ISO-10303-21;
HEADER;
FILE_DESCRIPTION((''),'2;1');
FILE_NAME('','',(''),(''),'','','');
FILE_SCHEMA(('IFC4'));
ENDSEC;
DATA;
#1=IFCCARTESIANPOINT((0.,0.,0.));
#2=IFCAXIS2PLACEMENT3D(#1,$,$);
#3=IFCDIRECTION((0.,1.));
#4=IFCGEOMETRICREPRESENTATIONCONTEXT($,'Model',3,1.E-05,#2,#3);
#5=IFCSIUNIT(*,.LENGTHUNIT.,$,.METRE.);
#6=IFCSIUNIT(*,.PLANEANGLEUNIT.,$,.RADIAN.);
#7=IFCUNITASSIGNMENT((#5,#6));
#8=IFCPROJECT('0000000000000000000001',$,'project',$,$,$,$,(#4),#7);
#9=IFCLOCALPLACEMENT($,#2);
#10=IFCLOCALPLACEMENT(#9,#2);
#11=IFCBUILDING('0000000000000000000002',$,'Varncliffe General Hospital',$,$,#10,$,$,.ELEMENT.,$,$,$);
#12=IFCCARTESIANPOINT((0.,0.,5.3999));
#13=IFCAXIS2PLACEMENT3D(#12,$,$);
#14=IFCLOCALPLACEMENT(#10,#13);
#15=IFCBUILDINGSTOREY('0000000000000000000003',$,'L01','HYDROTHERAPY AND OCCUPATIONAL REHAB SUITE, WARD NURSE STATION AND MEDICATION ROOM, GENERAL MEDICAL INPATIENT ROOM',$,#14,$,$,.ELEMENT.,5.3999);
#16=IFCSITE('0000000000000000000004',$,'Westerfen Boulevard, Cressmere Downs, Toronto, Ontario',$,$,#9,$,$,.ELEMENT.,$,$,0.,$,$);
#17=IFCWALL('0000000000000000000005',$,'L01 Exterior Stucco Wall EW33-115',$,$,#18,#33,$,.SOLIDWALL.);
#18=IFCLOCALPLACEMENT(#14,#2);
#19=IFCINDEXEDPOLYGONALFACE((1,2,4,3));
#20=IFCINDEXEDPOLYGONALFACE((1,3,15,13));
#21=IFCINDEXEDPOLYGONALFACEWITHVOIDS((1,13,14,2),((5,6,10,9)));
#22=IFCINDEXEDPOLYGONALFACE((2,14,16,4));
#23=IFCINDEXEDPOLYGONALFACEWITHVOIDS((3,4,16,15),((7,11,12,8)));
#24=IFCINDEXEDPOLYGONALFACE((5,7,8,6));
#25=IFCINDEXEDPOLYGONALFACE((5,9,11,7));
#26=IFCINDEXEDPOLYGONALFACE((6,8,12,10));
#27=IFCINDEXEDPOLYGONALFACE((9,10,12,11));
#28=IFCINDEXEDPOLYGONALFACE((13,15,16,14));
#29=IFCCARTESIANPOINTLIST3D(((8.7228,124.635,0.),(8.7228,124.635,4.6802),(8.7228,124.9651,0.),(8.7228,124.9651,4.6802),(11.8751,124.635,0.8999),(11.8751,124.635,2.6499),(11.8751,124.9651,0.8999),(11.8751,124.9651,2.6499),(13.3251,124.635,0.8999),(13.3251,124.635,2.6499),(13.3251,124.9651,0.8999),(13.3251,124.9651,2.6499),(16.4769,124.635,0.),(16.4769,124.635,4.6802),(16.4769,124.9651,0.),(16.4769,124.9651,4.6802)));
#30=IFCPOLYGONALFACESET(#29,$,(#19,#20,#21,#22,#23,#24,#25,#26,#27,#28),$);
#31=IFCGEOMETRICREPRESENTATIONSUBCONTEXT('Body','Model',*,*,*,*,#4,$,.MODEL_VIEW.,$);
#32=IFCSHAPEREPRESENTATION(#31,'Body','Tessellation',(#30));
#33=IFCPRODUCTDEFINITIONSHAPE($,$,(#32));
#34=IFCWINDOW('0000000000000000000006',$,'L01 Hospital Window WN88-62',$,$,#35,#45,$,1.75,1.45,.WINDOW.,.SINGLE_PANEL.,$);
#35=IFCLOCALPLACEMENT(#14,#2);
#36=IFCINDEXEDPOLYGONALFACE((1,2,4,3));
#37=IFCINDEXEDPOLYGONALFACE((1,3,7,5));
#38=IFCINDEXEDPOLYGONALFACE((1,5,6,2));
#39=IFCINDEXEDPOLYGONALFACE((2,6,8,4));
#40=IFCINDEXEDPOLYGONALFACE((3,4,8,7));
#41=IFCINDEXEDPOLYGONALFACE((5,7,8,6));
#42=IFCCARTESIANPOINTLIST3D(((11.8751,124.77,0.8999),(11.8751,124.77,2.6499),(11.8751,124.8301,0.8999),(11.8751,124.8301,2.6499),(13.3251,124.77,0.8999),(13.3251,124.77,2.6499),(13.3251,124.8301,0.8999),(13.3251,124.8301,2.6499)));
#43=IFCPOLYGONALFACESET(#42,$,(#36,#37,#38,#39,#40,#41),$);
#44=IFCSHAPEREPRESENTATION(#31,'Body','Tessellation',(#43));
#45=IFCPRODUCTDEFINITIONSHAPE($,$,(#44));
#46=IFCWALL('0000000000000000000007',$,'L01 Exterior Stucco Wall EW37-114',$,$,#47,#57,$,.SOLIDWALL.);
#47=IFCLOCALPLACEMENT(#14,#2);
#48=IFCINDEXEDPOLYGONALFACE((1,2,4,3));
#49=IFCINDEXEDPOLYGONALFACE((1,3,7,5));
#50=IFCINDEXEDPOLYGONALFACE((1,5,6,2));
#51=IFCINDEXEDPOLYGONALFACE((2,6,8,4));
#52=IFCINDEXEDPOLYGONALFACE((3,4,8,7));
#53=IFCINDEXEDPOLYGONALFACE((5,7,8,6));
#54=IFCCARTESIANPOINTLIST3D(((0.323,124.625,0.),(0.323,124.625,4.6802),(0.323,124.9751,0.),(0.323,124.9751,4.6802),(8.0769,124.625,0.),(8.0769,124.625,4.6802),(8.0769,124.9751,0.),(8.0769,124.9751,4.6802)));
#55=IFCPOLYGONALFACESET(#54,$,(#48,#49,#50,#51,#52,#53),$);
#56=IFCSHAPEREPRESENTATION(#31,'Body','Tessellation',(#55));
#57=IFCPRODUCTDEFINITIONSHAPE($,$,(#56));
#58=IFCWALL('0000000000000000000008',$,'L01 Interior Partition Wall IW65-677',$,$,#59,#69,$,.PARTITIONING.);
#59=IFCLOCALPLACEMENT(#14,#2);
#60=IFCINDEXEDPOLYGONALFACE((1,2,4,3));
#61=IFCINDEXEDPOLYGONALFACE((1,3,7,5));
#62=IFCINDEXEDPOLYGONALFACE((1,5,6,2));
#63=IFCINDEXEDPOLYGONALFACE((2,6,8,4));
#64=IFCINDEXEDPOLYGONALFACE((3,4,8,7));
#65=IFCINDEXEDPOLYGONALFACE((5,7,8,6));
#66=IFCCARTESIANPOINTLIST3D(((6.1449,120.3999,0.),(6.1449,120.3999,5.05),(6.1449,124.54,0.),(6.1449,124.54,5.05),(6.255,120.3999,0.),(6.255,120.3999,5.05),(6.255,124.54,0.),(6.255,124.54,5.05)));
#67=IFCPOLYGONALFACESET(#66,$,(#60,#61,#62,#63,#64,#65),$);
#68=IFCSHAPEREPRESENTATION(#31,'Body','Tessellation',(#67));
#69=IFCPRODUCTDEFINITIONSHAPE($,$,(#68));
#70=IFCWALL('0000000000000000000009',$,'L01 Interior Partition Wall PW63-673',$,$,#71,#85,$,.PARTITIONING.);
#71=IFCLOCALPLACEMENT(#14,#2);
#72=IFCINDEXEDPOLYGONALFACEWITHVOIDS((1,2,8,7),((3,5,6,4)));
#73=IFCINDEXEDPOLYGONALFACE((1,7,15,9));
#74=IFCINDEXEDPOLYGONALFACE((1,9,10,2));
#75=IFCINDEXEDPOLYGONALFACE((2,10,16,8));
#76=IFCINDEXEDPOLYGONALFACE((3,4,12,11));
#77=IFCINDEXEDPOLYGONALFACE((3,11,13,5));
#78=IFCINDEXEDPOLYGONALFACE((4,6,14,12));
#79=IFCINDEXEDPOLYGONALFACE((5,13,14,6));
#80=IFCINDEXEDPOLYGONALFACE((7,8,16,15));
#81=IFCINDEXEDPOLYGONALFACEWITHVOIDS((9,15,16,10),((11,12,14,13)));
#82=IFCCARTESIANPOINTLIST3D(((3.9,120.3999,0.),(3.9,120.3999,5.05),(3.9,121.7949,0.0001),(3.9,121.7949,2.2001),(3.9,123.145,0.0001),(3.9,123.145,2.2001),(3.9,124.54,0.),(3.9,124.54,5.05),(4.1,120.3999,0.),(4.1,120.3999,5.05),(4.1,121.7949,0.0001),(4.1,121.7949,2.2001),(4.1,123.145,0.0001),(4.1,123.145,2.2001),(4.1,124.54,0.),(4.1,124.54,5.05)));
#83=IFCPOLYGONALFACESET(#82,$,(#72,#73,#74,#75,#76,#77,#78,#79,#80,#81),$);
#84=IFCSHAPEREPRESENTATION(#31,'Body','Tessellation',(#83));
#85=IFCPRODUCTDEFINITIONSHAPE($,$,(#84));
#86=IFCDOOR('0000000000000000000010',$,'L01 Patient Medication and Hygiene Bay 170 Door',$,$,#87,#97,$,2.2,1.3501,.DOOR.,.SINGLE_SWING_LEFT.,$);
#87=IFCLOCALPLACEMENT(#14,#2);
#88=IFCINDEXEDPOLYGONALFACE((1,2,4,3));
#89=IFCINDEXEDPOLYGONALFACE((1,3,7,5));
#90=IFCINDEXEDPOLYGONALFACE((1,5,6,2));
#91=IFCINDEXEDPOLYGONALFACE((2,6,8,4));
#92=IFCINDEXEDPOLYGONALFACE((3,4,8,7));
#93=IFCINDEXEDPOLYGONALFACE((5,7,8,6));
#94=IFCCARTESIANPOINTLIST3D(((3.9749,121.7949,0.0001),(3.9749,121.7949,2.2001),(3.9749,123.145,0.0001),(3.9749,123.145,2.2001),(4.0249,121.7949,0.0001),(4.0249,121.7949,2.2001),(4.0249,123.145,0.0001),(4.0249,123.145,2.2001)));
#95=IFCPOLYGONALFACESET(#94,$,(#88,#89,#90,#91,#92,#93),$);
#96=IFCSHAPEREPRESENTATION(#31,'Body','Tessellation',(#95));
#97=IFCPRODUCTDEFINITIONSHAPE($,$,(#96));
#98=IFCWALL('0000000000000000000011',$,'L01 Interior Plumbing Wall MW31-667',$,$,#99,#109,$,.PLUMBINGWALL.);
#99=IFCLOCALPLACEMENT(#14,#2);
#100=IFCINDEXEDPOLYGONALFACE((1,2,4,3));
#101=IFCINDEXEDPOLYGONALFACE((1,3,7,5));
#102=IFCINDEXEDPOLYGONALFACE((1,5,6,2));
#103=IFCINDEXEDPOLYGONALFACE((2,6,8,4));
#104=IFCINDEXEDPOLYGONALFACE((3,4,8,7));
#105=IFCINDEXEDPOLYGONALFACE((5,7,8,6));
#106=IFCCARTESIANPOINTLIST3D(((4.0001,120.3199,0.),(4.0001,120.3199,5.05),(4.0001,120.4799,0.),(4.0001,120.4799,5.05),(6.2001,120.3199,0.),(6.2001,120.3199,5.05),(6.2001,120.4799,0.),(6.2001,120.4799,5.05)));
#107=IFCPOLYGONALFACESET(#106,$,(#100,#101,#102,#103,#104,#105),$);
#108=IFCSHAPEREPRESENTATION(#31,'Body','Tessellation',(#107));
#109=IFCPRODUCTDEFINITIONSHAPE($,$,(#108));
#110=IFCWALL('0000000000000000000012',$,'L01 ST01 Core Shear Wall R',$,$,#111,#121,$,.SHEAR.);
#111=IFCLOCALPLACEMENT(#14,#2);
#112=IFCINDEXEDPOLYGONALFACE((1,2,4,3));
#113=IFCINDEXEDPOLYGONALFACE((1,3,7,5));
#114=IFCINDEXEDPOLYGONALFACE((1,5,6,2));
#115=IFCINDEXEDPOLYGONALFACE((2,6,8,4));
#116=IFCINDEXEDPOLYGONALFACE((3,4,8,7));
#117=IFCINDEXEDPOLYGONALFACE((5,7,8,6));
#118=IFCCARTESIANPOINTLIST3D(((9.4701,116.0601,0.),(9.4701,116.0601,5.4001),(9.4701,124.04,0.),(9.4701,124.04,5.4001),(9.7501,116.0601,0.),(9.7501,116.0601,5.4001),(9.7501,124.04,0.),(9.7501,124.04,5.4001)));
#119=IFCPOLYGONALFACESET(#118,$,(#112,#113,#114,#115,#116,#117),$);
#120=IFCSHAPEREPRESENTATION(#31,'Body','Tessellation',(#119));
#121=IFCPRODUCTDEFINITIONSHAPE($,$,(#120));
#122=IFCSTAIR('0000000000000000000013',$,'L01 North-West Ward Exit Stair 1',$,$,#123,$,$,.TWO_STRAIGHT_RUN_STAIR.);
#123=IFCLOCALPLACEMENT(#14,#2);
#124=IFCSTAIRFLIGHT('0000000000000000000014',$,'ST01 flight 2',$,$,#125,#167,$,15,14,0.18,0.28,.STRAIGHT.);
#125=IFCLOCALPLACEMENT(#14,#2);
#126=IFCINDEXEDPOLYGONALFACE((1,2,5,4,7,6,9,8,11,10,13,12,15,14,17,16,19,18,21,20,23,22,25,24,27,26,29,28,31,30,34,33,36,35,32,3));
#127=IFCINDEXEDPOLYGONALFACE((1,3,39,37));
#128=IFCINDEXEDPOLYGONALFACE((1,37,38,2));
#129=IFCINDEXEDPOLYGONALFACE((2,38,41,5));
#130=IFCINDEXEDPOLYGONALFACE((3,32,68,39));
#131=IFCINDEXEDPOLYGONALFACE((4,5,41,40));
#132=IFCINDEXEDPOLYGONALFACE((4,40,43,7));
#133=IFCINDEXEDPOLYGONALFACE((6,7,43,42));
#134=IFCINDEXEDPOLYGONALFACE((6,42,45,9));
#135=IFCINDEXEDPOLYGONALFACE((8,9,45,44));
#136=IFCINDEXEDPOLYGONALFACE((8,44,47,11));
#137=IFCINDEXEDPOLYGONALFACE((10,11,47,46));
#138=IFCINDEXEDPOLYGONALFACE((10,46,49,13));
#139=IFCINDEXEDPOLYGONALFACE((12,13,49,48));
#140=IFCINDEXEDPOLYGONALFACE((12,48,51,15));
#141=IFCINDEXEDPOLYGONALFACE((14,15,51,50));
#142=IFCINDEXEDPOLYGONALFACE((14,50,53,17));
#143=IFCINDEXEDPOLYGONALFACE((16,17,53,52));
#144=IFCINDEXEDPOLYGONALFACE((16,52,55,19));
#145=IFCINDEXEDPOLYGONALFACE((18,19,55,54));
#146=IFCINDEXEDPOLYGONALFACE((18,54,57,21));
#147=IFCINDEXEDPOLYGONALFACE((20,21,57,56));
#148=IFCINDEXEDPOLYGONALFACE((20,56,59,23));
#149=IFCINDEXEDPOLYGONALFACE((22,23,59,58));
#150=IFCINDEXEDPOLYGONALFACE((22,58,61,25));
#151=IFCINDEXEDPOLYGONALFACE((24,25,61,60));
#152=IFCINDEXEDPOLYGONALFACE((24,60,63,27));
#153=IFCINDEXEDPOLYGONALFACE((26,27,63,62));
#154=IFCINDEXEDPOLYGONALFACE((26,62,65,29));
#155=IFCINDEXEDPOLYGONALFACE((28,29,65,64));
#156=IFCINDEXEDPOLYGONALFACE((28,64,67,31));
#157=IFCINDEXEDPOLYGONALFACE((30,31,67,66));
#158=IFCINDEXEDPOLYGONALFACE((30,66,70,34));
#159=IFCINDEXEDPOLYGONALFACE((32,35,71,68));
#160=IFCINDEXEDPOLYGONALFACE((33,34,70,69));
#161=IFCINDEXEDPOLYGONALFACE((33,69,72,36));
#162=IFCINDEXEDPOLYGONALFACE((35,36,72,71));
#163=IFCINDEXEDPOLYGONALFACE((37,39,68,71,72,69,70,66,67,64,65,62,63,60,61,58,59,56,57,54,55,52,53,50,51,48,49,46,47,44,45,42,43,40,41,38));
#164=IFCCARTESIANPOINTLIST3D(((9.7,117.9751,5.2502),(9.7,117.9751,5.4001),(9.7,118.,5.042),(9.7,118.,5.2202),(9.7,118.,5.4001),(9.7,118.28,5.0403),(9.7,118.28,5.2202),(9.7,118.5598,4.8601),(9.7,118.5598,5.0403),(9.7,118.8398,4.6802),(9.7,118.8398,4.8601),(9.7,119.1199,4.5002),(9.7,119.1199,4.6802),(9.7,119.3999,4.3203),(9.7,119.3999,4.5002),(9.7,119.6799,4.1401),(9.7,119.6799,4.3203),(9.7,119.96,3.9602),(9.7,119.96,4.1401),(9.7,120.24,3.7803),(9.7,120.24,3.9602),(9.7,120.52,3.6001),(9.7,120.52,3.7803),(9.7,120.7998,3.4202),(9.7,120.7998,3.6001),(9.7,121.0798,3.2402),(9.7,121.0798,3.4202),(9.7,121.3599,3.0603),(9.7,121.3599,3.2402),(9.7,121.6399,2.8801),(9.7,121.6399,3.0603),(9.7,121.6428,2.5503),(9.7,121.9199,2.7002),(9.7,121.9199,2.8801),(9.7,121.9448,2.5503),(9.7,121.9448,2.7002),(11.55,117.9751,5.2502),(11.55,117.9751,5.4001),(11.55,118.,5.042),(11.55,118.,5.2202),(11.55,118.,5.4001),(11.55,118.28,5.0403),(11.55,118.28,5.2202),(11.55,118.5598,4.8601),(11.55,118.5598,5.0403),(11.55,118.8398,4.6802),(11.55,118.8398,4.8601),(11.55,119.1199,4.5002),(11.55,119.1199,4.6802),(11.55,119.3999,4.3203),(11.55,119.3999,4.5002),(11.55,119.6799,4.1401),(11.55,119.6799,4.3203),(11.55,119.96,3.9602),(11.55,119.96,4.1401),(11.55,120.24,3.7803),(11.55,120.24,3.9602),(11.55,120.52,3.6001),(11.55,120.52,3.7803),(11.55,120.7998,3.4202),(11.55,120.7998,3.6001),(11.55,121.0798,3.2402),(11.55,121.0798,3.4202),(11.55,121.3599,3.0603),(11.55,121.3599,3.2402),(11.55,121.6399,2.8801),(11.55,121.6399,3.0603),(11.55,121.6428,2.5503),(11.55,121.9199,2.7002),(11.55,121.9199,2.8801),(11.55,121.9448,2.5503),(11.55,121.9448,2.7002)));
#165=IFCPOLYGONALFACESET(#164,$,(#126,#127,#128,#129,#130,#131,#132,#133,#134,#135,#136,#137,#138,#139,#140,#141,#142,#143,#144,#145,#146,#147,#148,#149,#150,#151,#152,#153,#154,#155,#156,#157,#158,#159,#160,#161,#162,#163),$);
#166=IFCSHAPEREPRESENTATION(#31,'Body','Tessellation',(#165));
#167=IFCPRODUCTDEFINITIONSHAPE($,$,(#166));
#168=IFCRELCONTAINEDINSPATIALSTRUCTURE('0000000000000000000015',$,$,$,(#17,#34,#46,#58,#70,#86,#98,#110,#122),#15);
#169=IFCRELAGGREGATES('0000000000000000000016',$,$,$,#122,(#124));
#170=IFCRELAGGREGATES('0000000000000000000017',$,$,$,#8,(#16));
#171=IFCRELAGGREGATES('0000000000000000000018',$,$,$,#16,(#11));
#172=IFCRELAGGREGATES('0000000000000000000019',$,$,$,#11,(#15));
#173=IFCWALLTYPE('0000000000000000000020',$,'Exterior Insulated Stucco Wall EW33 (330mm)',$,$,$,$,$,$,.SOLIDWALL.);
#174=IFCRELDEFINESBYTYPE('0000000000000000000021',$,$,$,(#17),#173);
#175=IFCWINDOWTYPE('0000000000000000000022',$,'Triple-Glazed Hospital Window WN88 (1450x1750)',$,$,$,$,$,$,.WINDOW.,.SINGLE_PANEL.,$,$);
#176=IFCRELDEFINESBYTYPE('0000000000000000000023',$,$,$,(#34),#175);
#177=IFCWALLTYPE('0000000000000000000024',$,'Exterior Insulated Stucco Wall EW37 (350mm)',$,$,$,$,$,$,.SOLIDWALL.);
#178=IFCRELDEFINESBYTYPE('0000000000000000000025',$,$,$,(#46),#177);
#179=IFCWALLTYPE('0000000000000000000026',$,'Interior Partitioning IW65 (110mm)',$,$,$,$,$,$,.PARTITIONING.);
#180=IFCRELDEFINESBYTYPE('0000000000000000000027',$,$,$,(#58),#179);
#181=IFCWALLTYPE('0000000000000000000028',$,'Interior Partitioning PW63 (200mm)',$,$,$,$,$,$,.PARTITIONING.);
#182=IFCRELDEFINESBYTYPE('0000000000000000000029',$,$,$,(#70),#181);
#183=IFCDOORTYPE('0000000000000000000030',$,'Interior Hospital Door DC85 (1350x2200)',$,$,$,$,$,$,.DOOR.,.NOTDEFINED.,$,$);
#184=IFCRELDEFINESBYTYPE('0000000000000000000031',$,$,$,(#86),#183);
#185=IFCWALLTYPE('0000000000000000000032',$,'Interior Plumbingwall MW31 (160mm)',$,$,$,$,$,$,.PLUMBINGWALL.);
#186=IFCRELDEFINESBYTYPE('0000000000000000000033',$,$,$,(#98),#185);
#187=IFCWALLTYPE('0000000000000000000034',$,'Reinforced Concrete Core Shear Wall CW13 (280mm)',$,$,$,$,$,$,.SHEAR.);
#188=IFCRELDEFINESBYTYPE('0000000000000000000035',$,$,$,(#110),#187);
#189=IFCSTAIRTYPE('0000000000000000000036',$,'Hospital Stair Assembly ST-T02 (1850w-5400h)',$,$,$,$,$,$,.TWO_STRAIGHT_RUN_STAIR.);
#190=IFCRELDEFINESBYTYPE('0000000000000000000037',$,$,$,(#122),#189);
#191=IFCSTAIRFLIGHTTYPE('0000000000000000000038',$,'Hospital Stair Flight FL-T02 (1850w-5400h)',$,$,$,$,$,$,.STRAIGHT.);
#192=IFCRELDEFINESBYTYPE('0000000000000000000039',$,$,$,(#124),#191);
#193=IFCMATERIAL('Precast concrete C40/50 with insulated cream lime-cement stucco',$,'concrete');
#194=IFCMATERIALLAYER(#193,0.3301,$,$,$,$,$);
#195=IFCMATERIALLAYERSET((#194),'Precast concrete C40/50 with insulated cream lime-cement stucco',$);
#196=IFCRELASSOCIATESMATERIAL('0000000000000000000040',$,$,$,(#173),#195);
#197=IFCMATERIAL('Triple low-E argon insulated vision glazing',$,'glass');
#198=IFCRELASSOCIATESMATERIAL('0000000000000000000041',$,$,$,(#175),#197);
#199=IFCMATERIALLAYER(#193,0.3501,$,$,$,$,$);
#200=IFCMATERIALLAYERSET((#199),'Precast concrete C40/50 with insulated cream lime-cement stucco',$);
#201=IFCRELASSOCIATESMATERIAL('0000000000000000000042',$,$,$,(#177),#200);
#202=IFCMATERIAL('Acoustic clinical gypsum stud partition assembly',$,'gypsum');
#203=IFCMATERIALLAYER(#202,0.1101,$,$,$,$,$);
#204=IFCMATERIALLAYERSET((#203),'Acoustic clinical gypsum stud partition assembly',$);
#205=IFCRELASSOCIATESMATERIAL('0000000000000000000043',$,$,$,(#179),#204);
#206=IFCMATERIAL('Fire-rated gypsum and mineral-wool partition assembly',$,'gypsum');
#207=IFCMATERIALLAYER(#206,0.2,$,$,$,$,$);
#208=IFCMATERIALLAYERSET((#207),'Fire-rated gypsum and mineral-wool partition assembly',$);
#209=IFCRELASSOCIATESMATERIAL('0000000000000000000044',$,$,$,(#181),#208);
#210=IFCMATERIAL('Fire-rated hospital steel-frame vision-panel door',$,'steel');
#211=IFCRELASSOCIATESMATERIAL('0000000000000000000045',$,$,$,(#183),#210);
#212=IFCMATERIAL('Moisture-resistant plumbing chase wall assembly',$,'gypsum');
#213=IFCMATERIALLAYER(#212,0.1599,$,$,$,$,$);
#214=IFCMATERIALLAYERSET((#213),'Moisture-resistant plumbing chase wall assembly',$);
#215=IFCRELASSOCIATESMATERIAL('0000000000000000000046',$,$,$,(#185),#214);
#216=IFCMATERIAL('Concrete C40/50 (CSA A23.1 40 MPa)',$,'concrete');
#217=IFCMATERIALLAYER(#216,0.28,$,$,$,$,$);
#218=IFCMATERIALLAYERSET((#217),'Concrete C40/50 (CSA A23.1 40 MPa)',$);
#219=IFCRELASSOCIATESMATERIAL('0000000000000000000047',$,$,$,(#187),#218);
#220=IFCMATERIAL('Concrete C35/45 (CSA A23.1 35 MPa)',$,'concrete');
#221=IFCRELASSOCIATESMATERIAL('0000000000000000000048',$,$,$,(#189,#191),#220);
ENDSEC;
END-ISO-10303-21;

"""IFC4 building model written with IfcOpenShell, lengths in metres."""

from ifc_helpers import new_model, si_unit, direction, frame, frame_2d, origin, place, context, subcontext, project, spatial, polyline, rectangle, outline, extrude, material, layer, layer_set, type_object, element, fill, aggregate, save


model = new_model("IFC4")

# Units and contexts
model_context = context("Model", 3, precision=1e-05, world=origin(), true_north=direction((0.0, 1.0)))
body_context = subcontext(model_context, "Body", "Model", "MODEL_VIEW")
ifc_project = project(units=[si_unit("LENGTHUNIT", "METRE"), si_unit("PLANEANGLEUNIT", "RADIAN")], contexts=[model_context])

# Site, building, storey
site_placement = place(None, origin())
site = spatial("IfcSite", under=ifc_project, at=site_placement, Name="Westerfen Boulevard, Cressmere Downs, Toronto, Ontario", CompositionType="ELEMENT", RefElevation=0.0)
building_placement = place(site_placement, origin())
building = spatial("IfcBuilding", under=site, at=building_placement, Name="Varncliffe General Hospital", CompositionType="ELEMENT")
storey_placement = place(building_placement, frame((0.0, 0.0, 5.3999)))
storey = spatial("IfcBuildingStorey", under=building, at=storey_placement, Name="L01", Description="HYDROTHERAPY AND OCCUPATIONAL REHAB SUITE, WARD NURSE STATION AND MEDICATION ROOM, GENERAL MEDICAL INPATIENT ROOM", CompositionType="ELEMENT", Elevation=5.3999)

# Shared definitions
ifc_material_1 = material(Name="Concrete C40/50 (CSA A23.1 40 MPa)", Category="concrete")

# Shared definitions
ifc_material_2 = material(Name="Concrete C35/45 (CSA A23.1 35 MPa)", Category="concrete")

# Wall, opening, window
ifc_material_3 = material(Name="Precast concrete C40/50 with insulated cream lime-cement stucco", Category="concrete")
ifc_material_4 = material(Name="Triple low-E argon insulated vision glazing", Category="glass")
ifc_layer_1 = layer(ifc_material_3, 0.3301)
ifc_layer_set_1 = layer_set([ifc_layer_1], Name="Precast concrete C40/50 with insulated cream lime-cement stucco")
wall_type_1 = type_object("IfcWallType", Name="Exterior Insulated Stucco Wall EW33 (330mm)", PredefinedType="SOLIDWALL", material=ifc_layer_set_1)
wall_1_placement = place(storey_placement, frame((8.7229, 124.8, 0.0), z_axis=(0.0, 0.0, 1.0), x_axis=(1.0, 0.0, 0.0)))
wall_1 = element("IfcWall", 1, at=wall_1_placement, inside=storey, type_object=wall_type_1, Name="L01 Exterior Stucco Wall EW33-115", PredefinedType="SOLIDWALL", context=body_context, shape_type="SweptSolid", body=[
    extrude(rectangle(XDim=7.7542, YDim=0.3301, at=frame_2d((3.877, 0.0))), origin(), (0.0, 0.0, 1.0), 4.6802),
])
opening_1_placement = place(wall_1_placement, frame((3.1521, 0.0, 0.8999)))
opening_1 = element("IfcOpeningElement", 2, at=opening_1_placement, cuts=wall_1, PredefinedType="OPENING", context=body_context, shape_type="SweptSolid", body=[
    extrude(rectangle(XDim=1.45, YDim=1.75, at=frame_2d((0.7251, 0.875))), frame((0.0, 0.175, 0.0), z_axis=(0.0, -1.0, 0.0), x_axis=(1.0, 0.0, 0.0)), (0.0, 0.0, 1.0), 0.3501),
])
window_type_1 = type_object("IfcWindowType", Name="Triple-Glazed Hospital Window WN88 (1450x1750)", PartitioningType="SINGLE_PANEL", PredefinedType="WINDOW", material=ifc_material_4)
window_1_placement = place(opening_1_placement, origin())
window_1 = element("IfcWindow", 3, at=window_1_placement, inside=storey, type_object=window_type_1, Name="L01 Hospital Window WN88-62", OverallHeight=1.75, OverallWidth=1.45, PartitioningType="SINGLE_PANEL", PredefinedType="WINDOW", context=body_context, shape_type="SweptSolid", body=[
    extrude(rectangle(XDim=1.45, YDim=1.75, at=frame_2d((0.7251, 0.875))), frame((0.0, 0.03, 0.0), z_axis=(0.0, -1.0, 0.0), x_axis=(1.0, 0.0, 0.0)), (0.0, 0.0, 1.0), 0.0601),
])
fill(opening_1, window_1)

# Walls
ifc_layer_2 = layer(ifc_material_3, 0.3501)
ifc_layer_set_2 = layer_set([ifc_layer_2], Name="Precast concrete C40/50 with insulated cream lime-cement stucco")
wall_type_2 = type_object("IfcWallType", Name="Exterior Insulated Stucco Wall EW37 (350mm)", PredefinedType="SOLIDWALL", material=ifc_layer_set_2)
wall_2_placement = place(storey_placement, frame((0.323, 124.8, 0.0), z_axis=(0.0, 0.0, 1.0), x_axis=(1.0, 0.0, 0.0)))
element("IfcWall", 4, at=wall_2_placement, inside=storey, type_object=wall_type_2, Name="L01 Exterior Stucco Wall EW37-114", PredefinedType="SOLIDWALL", context=body_context, shape_type="SweptSolid", body=[
    extrude(rectangle(XDim=7.7539, YDim=0.3501, at=frame_2d((3.877, 0.0))), origin(), (0.0, 0.0, 1.0), 4.6802),
])
ifc_material_5 = material(Name="Acoustic clinical gypsum stud partition assembly", Category="gypsum")
ifc_layer_3 = layer(ifc_material_5, 0.1101)
ifc_layer_set_3 = layer_set([ifc_layer_3], Name="Acoustic clinical gypsum stud partition assembly")
wall_type_3 = type_object("IfcWallType", Name="Interior Partitioning IW65 (110mm)", PredefinedType="PARTITIONING", material=ifc_layer_set_3)
wall_3_placement = place(storey_placement, frame((6.2, 120.3999, 0.0), z_axis=(0.0, 0.0, 1.0), x_axis=(0.0, 1.0, 0.0)))
element("IfcWall", 5, at=wall_3_placement, inside=storey, type_object=wall_type_3, Name="L01 Interior Partition Wall IW65-677", PredefinedType="PARTITIONING", context=body_context, shape_type="SweptSolid", body=[
    extrude(rectangle(XDim=4.1401, YDim=0.1101, at=frame_2d((2.0701, 0.0))), origin(), (0.0, 0.0, 1.0), 5.05),
])

# Wall, opening, door
ifc_material_6 = material(Name="Fire-rated gypsum and mineral-wool partition assembly", Category="gypsum")
ifc_layer_4 = layer(ifc_material_6, 0.2)
ifc_layer_set_4 = layer_set([ifc_layer_4], Name="Fire-rated gypsum and mineral-wool partition assembly")
wall_type_4 = type_object("IfcWallType", Name="Interior Partitioning PW63 (200mm)", PredefinedType="PARTITIONING", material=ifc_layer_set_4)
wall_4_placement = place(storey_placement, frame((4.0, 120.3999, 0.0), z_axis=(0.0, 0.0, 1.0), x_axis=(0.0, 1.0, 0.0)))
wall_4 = element("IfcWall", 6, at=wall_4_placement, inside=storey, type_object=wall_type_4, Name="L01 Interior Partition Wall PW63-673", PredefinedType="PARTITIONING", context=body_context, shape_type="SweptSolid", body=[
    extrude(rectangle(XDim=4.1401, YDim=0.2, at=frame_2d((2.0701, 0.0))), origin(), (0.0, 0.0, 1.0), 5.05),
])
opening_2_placement = place(wall_4_placement, frame((1.395, 0.0, 0.0)))
opening_2 = element("IfcOpeningElement", 7, at=opening_2_placement, cuts=wall_4, PredefinedType="OPENING", context=body_context, shape_type="SweptSolid", body=[
    extrude(rectangle(XDim=1.3501, YDim=2.2, at=frame_2d((0.675, 1.1001))), frame((0.0, 0.1099, 0.0), z_axis=(0.0, -1.0, 0.0), x_axis=(1.0, 0.0, 0.0)), (0.0, 0.0, 1.0), 0.22),
])
ifc_material_7 = material(Name="Fire-rated hospital steel-frame vision-panel door", Category="steel")
door_type = type_object("IfcDoorType", Name="Interior Hospital Door DC85 (1350x2200)", OperationType="NOTDEFINED", PredefinedType="DOOR", material=ifc_material_7)
door_placement = place(opening_2_placement, frame((1.3501, 0.0, 0.0), z_axis=(0.0, 0.0, 1.0), x_axis=(-1.0, 0.0, 0.0)))
door = element("IfcDoor", 8, at=door_placement, inside=storey, type_object=door_type, Name="L01 Patient Medication and Hygiene Bay 170 Door", OperationType="SINGLE_SWING_LEFT", OverallHeight=2.2, OverallWidth=1.3501, PredefinedType="DOOR", context=body_context, shape_type="SweptSolid", body=[
    extrude(rectangle(XDim=1.3501, YDim=2.2, at=frame_2d((0.675, 1.1001))), frame((0.0, 0.0249, 0.0), z_axis=(0.0, -1.0, 0.0), x_axis=(1.0, 0.0, 0.0)), (0.0, 0.0, 1.0), 0.05),
])
fill(opening_2, door)

# Walls
ifc_material_8 = material(Name="Moisture-resistant plumbing chase wall assembly", Category="gypsum")
ifc_layer_5 = layer(ifc_material_8, 0.1599)
ifc_layer_set_5 = layer_set([ifc_layer_5], Name="Moisture-resistant plumbing chase wall assembly")
wall_type_5 = type_object("IfcWallType", Name="Interior Plumbingwall MW31 (160mm)", PredefinedType="PLUMBINGWALL", material=ifc_layer_set_5)
wall_5_placement = place(storey_placement, frame((4.0, 120.3999, 0.0), z_axis=(0.0, 0.0, 1.0), x_axis=(1.0, 0.0, 0.0)))
element("IfcWall", 9, at=wall_5_placement, inside=storey, type_object=wall_type_5, Name="L01 Interior Plumbing Wall MW31-667", PredefinedType="PLUMBINGWALL", context=body_context, shape_type="SweptSolid", body=[
    extrude(rectangle(XDim=2.2, YDim=0.1599, at=frame_2d((1.1001, 0.0))), origin(), (0.0, 0.0, 1.0), 5.05),
])
ifc_layer_6 = layer(ifc_material_1, 0.28)
ifc_layer_set_6 = layer_set([ifc_layer_6], Name="Concrete C40/50 (CSA A23.1 40 MPa)")
wall_type_6 = type_object("IfcWallType", Name="Reinforced Concrete Core Shear Wall CW13 (280mm)", PredefinedType="SHEAR", material=ifc_layer_set_6)
wall_6_placement = place(storey_placement, frame((9.6101, 124.04, 0.0), z_axis=(0.0, 0.0, 1.0), x_axis=(0.0, -1.0, 0.0)))
element("IfcWall", 10, at=wall_6_placement, inside=storey, type_object=wall_type_6, Name="L01 ST01 Core Shear Wall R", PredefinedType="SHEAR", context=body_context, shape_type="SweptSolid", body=[
    extrude(rectangle(XDim=7.98, YDim=0.28, at=frame_2d((3.99, 0.0))), origin(), (0.0, 0.0, 1.0), 5.4001),
])

# Stair, stair flight
stair_type = type_object("IfcStairType", Name="Hospital Stair Assembly ST-T02 (1850w-5400h)", PredefinedType="TWO_STRAIGHT_RUN_STAIR", material=ifc_material_2)
stair_placement = place(storey_placement, origin())
stair = element("IfcStair", 11, at=stair_placement, inside=storey, type_object=stair_type, Name="L01 North-West Ward Exit Stair 1", PredefinedType="TWO_STRAIGHT_RUN_STAIR")
stair_flight_type = type_object("IfcStairFlightType", Name="Hospital Stair Flight FL-T02 (1850w-5400h)", PredefinedType="STRAIGHT", material=ifc_material_2)
stair_flight_placement = place(storey_placement, frame((10.625, 121.9199, 2.7002), z_axis=(0.0, 0.0, 1.0), x_axis=(0.0, -1.0, 0.0)))
stair_flight = element("IfcStairFlight", 12, at=stair_flight_placement, type_object=stair_flight_type, Name="ST01 flight 2", NumberOfRisers=15, NumberOfTreads=14, PredefinedType="STRAIGHT", RiserHeight=0.18, TreadLength=0.28, context=body_context, shape_type="SweptSolid", body=[
    extrude(outline(polyline([(-0.0249, -0.1499), (-0.0249, 0.0), (0.0, 0.0), (0.0, 0.1799), (0.28, 0.1799), (0.28, 0.3601), (0.5601, 0.3601), (0.5601, 0.54), (0.8401, 0.54), (0.8401, 0.72), (1.1201, 0.72), (1.1201, 0.8999), (1.3999, 0.8999), (1.3999, 1.0801), (1.6799, 1.0801), (1.6799, 1.26), (1.96, 1.26), (1.96, 1.4399), (2.24, 1.4399), (2.24, 1.6201), (2.52, 1.6201), (2.52, 1.8), (2.8, 1.8), (2.8, 1.98), (3.0801, 1.98), (3.0801, 2.1599), (3.3601, 2.1599), (3.3601, 2.3401), (3.6399, 2.3401), (3.6399, 2.52), (3.9199, 2.52), (3.9199, 2.7), (3.9448, 2.7), (3.9448, 2.55), (3.9199, 2.3418), (0.2771, -0.1499), (-0.0249, -0.1499)])), frame((0.0, 0.925, 0.0), z_axis=(0.0, -1.0, 0.0), x_axis=(1.0, 0.0, 0.0)), (0.0, 0.0, 1.0), 1.8501),
])
aggregate(stair, [stair_flight])

save(model, "model.ifc")
